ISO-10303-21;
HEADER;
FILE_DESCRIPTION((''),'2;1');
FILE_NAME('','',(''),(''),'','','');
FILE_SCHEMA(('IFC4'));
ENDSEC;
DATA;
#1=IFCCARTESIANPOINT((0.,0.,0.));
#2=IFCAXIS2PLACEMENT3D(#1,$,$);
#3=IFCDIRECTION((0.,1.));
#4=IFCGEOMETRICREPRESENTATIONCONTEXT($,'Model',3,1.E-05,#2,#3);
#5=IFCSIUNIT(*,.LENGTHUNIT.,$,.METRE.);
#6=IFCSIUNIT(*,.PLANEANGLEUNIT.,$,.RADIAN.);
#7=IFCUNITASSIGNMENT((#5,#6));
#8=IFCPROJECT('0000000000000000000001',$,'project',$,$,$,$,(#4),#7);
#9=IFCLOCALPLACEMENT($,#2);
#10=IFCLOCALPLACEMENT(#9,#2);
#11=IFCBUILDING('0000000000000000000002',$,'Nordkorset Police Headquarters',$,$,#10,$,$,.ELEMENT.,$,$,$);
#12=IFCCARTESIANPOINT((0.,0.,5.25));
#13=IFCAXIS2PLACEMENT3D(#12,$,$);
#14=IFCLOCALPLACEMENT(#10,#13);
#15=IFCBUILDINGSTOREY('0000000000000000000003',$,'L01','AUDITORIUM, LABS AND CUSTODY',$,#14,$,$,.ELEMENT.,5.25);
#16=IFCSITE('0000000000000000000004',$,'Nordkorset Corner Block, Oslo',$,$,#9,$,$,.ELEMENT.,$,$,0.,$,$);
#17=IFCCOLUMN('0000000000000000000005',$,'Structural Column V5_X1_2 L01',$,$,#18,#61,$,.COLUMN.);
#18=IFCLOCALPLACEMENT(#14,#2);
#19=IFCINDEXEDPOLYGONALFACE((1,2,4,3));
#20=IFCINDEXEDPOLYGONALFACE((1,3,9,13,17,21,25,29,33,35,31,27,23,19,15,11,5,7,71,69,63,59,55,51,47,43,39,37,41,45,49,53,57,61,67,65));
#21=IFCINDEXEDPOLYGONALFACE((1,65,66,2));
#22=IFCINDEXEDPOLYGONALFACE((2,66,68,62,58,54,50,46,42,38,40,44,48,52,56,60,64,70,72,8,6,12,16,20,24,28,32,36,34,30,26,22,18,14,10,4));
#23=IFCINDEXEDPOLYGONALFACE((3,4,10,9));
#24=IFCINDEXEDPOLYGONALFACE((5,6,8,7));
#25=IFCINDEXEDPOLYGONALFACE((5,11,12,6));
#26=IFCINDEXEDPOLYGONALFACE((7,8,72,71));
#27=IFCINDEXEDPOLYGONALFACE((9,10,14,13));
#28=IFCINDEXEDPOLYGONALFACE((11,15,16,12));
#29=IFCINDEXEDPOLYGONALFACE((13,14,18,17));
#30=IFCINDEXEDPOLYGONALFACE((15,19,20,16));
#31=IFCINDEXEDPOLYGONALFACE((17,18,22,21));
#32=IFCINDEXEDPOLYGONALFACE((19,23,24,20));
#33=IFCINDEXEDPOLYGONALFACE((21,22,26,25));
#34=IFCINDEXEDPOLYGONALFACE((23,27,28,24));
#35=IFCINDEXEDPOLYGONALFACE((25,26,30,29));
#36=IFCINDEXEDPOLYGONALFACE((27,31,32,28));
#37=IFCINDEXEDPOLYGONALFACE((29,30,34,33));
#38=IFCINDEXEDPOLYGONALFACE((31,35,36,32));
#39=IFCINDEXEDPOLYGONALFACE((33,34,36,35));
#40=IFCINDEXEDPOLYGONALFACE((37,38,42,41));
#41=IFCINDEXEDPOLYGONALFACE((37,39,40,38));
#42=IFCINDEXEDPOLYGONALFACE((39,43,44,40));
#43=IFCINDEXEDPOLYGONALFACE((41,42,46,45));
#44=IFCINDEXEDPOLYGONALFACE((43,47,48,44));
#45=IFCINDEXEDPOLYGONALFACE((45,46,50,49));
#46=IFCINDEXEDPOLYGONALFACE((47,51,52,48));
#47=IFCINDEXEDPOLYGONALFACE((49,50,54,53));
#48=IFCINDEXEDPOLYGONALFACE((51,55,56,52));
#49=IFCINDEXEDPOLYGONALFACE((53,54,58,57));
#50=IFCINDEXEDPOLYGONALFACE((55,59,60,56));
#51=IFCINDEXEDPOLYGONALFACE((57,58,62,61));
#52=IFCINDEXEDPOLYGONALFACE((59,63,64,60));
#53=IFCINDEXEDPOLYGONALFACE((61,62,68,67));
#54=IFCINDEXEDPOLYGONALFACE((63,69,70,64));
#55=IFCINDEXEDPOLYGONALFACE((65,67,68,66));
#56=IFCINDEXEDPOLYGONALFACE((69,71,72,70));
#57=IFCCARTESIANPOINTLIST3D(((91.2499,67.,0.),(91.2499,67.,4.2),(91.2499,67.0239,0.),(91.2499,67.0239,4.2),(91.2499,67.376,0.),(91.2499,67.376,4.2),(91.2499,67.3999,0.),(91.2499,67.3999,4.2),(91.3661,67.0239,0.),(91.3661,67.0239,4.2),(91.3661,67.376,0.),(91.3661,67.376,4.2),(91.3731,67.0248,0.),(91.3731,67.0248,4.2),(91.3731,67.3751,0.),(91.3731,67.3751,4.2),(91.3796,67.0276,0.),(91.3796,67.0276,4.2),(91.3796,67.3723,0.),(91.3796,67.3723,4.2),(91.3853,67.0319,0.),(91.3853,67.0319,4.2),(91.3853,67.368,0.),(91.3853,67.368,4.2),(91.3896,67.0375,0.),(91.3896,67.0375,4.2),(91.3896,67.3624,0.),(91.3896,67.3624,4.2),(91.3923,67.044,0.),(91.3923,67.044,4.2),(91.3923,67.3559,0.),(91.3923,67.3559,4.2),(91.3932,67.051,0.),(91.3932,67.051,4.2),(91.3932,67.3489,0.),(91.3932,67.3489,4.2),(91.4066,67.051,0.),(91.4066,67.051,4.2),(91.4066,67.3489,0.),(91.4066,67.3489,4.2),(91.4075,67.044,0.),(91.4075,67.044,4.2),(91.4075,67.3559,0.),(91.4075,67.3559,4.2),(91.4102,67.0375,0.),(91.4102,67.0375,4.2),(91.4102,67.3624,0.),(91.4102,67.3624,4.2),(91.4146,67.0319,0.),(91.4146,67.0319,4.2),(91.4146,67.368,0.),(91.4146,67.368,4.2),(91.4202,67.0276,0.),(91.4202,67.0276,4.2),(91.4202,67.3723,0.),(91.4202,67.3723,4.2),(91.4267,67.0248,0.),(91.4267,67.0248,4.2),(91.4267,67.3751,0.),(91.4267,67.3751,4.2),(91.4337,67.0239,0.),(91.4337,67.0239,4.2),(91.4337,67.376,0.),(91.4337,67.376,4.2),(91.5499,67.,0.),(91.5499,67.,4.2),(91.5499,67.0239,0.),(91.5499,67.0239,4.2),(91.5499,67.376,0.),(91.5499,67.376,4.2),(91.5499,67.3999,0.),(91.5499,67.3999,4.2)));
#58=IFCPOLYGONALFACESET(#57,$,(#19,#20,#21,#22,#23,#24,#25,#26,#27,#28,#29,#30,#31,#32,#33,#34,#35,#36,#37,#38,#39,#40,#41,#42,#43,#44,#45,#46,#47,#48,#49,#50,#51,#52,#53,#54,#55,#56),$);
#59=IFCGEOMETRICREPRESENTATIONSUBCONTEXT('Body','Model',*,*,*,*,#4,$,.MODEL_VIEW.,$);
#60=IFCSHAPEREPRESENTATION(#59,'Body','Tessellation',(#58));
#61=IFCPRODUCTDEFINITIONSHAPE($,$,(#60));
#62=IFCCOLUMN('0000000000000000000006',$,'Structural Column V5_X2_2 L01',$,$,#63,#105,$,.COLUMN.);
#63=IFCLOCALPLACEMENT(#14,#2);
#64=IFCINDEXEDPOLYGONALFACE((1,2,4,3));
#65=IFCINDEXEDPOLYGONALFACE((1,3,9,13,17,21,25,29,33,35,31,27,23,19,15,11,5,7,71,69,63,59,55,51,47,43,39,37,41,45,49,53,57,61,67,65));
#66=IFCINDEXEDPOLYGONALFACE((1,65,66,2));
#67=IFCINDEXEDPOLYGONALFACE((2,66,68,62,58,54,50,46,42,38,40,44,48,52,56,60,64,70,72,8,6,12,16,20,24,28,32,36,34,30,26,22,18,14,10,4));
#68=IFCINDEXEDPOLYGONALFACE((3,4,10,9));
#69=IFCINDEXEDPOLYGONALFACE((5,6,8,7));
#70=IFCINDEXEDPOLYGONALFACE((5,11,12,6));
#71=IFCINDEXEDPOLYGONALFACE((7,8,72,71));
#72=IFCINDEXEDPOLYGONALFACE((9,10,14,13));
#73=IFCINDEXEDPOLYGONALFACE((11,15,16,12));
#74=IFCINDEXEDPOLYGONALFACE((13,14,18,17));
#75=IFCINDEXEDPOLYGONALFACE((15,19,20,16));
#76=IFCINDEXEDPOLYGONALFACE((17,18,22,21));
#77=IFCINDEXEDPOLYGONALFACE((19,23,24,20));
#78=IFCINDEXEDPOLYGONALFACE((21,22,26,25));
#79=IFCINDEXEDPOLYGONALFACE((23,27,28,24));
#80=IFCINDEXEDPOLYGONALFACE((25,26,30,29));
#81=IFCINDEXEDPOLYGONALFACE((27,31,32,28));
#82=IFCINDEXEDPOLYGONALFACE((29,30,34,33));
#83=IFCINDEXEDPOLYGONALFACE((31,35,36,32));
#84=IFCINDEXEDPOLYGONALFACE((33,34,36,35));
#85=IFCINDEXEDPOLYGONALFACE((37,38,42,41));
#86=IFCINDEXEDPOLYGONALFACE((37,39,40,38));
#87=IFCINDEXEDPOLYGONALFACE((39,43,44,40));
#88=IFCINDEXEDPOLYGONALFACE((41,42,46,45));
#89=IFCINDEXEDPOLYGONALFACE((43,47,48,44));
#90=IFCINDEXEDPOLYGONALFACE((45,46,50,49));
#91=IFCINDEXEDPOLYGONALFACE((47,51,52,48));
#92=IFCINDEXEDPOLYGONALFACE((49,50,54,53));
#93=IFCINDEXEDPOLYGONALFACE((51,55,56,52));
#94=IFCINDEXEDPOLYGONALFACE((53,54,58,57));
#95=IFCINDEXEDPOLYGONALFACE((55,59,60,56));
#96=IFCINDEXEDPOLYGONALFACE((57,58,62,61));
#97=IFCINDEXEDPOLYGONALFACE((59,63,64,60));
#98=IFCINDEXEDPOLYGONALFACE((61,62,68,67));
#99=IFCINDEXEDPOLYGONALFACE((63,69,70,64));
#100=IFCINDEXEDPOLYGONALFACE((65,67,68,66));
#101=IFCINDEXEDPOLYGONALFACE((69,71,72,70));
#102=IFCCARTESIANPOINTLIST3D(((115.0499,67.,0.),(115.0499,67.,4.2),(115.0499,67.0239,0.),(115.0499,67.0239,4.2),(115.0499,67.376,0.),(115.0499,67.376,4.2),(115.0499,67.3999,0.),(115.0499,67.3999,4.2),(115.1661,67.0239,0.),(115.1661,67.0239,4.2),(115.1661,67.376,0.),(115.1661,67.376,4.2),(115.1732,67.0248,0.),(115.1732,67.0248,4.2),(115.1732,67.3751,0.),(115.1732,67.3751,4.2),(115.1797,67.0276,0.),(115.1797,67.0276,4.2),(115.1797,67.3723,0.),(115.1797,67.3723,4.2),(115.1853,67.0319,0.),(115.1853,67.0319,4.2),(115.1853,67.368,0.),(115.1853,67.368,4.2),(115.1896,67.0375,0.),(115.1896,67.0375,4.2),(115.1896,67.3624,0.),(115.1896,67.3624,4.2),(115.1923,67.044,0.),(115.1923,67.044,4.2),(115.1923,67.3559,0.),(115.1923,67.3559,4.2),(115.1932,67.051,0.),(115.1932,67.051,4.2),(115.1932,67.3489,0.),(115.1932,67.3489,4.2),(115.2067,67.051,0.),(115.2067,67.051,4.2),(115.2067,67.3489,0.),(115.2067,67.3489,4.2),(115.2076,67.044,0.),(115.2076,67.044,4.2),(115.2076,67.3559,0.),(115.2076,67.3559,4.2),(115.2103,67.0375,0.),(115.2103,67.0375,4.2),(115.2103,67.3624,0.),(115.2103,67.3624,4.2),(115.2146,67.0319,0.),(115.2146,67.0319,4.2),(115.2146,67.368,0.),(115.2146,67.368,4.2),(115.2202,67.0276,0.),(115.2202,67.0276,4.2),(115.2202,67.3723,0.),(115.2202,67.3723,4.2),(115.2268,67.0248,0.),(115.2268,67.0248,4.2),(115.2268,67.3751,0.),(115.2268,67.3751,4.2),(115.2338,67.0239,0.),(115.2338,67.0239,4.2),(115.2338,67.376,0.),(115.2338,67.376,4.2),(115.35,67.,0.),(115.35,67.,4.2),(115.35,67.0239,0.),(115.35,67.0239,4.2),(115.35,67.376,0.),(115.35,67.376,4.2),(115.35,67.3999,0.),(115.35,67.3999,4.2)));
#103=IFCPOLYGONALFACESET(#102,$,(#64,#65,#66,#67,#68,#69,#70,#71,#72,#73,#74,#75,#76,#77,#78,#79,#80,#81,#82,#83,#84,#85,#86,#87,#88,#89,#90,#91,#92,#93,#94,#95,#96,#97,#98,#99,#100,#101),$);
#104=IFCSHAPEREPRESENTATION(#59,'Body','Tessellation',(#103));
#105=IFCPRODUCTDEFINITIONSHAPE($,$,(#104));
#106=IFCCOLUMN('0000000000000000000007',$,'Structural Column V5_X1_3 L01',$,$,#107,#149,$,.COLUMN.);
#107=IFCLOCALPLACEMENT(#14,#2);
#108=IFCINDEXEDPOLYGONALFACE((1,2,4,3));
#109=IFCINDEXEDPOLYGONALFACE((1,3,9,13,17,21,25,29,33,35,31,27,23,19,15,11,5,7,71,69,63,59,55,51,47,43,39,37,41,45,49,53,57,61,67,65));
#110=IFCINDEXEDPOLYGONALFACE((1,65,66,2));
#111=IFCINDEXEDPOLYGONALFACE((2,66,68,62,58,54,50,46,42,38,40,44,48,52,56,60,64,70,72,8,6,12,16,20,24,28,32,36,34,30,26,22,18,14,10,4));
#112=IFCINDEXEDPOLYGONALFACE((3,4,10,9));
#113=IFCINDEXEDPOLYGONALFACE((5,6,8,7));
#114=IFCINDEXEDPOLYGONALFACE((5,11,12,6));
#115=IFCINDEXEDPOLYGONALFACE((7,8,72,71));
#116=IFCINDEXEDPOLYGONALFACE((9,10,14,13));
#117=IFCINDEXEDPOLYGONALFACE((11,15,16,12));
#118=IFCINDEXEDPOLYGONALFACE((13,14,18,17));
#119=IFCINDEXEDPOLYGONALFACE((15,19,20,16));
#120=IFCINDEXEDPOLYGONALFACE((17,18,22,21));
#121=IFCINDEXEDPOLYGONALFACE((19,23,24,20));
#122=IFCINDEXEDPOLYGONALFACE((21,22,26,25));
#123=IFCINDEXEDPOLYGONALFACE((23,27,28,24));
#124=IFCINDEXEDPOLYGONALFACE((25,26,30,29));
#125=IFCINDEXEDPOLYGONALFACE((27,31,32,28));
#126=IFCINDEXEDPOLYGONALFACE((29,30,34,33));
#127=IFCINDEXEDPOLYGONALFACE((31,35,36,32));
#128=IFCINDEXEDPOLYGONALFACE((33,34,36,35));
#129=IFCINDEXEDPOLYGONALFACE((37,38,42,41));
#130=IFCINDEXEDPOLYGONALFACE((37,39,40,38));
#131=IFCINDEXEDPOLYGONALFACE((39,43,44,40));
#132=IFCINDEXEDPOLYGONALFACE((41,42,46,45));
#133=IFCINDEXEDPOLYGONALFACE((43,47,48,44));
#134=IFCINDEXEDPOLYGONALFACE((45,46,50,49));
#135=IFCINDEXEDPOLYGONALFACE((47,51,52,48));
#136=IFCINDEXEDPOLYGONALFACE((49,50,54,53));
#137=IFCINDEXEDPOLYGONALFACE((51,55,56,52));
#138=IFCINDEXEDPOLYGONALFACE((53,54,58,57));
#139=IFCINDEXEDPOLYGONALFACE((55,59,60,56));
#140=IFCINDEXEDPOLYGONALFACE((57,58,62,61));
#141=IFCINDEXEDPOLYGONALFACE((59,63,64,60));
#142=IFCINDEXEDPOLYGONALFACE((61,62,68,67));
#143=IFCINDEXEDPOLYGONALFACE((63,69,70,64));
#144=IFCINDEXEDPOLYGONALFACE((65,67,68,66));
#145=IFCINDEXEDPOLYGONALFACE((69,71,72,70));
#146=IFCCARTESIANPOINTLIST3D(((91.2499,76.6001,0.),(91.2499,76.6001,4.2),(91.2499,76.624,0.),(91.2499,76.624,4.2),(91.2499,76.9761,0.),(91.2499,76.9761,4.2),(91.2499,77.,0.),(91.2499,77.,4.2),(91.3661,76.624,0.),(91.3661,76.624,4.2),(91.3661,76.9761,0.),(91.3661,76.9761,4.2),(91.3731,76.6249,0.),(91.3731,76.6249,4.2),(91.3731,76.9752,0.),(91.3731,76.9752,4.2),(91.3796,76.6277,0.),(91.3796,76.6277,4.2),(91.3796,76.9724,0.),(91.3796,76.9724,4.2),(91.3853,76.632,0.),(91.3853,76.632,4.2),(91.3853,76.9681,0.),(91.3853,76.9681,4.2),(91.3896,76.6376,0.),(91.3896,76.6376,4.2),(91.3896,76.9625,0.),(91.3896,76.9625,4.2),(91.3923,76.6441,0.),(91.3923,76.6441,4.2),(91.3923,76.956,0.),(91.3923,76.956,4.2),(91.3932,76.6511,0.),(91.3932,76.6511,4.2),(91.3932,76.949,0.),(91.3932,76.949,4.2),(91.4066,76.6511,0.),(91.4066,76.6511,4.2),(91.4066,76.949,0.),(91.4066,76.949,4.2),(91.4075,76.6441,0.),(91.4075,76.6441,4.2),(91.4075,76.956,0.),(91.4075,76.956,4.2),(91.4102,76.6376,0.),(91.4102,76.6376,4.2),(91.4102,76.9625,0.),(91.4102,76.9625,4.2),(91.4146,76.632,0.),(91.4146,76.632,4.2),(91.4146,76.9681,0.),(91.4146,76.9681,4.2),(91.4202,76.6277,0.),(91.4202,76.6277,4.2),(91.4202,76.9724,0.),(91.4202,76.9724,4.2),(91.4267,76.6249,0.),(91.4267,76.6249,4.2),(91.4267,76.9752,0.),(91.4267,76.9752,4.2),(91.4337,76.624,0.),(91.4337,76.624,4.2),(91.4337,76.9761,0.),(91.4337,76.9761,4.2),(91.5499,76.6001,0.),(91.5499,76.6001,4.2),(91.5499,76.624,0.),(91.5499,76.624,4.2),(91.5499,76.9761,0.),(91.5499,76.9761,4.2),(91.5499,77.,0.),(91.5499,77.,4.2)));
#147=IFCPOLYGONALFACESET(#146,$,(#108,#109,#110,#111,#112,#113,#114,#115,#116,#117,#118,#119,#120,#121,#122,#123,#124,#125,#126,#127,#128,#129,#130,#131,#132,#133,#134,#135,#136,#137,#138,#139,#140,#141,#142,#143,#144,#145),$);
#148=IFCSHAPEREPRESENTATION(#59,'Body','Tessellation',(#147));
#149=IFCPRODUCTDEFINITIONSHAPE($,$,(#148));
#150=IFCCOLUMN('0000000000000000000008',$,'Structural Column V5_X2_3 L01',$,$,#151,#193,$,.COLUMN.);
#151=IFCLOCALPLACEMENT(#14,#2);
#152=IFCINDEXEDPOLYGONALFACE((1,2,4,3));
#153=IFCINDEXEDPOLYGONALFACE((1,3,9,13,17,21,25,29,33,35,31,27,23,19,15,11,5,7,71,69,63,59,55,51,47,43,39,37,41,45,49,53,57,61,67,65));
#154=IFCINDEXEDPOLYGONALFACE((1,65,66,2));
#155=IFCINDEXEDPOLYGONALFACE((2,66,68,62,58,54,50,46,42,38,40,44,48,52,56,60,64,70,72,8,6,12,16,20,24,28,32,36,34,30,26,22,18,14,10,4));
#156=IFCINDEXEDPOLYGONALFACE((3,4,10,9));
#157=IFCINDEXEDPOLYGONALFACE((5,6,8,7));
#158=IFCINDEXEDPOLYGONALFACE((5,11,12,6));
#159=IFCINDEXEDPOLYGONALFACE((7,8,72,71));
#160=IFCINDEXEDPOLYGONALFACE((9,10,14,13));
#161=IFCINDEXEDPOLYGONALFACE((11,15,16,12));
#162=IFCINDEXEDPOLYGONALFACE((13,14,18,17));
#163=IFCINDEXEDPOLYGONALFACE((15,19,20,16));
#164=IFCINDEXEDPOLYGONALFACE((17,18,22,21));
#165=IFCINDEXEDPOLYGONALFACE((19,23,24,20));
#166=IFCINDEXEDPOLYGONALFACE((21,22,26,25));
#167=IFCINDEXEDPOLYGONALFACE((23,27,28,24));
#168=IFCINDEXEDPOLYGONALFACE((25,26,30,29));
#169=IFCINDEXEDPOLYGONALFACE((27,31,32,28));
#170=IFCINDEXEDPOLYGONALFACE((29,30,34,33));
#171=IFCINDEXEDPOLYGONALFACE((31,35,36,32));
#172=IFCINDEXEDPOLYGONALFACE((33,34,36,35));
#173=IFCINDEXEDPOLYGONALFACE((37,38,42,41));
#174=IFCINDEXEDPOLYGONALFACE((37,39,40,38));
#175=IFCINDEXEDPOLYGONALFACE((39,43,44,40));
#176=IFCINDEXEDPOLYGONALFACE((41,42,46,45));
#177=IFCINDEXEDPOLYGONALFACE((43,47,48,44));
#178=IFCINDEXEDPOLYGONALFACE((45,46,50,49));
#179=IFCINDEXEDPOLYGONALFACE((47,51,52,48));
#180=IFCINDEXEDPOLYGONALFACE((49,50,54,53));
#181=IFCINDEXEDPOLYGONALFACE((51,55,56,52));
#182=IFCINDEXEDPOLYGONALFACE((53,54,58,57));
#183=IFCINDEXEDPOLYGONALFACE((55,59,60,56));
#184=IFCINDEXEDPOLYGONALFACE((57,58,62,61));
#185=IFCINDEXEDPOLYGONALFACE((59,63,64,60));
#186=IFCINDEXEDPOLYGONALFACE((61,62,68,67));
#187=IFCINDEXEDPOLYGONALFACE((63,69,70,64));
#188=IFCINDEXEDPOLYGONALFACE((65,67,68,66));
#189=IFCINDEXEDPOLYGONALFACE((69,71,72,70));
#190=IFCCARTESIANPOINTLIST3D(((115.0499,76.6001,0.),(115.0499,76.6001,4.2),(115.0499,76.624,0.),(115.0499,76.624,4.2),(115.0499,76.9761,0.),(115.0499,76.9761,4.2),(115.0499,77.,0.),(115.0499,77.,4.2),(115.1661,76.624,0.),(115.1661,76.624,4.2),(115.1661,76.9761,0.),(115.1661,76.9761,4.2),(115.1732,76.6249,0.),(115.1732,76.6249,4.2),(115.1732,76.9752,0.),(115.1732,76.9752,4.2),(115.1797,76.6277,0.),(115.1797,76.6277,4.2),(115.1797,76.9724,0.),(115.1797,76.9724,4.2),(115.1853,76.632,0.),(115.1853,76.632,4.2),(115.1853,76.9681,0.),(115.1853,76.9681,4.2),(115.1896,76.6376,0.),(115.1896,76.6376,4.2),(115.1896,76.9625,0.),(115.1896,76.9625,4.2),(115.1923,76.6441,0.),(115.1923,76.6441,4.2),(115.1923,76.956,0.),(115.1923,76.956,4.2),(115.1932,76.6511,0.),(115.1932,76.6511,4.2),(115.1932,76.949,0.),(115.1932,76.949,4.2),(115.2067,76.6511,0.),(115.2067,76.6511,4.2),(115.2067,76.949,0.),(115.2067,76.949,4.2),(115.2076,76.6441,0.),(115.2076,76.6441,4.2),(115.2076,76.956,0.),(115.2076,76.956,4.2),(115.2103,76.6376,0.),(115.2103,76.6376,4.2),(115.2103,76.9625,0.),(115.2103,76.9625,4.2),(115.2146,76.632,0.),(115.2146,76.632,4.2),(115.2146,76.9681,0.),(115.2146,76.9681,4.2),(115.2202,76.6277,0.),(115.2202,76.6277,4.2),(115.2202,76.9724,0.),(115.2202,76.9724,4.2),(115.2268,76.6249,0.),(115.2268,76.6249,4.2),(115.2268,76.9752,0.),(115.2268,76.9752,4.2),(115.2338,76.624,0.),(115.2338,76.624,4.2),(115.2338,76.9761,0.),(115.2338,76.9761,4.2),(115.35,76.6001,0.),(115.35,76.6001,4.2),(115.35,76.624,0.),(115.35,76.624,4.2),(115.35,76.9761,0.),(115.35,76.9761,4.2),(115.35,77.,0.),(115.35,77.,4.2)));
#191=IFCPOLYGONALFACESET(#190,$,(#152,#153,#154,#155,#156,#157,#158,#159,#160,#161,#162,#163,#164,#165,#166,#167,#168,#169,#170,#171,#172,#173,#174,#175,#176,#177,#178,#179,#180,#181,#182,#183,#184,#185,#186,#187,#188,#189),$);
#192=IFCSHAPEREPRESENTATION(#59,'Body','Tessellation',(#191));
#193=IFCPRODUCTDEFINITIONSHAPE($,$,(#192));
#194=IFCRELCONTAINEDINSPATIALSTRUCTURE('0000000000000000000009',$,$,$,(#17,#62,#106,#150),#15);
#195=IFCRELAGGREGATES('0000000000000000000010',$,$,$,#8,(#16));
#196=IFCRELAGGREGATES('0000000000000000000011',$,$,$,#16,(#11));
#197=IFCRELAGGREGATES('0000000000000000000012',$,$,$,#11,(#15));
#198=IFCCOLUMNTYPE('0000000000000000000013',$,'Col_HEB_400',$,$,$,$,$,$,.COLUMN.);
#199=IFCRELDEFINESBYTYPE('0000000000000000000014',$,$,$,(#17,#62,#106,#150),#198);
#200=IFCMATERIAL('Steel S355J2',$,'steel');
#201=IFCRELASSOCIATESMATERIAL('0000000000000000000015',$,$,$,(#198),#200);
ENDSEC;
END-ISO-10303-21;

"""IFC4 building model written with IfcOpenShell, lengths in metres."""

from ifc_helpers import new_model, si_unit, direction, frame, origin, origin_2d, place, context, subcontext, project, spatial, i_section, extrude, material, material_profile, profile_set, type_object, element, save


model = new_model("IFC4")

# Units and contexts
model_context = context("Model", 3, precision=1e-05, world=origin(), true_north=direction((0.0, 1.0)))
body_context = subcontext(model_context, "Body", "Model", "MODEL_VIEW")
ifc_project = project(units=[si_unit("LENGTHUNIT", "METRE"), si_unit("PLANEANGLEUNIT", "RADIAN")], contexts=[model_context])

# Site, building, storey
site_placement = place(None, origin())
site = spatial("IfcSite", under=ifc_project, at=site_placement, Name="Nordkorset Corner Block, Oslo", CompositionType="ELEMENT", RefElevation=0.0)
building_placement = place(site_placement, origin())
building = spatial("IfcBuilding", under=site, at=building_placement, Name="Nordkorset Police Headquarters", CompositionType="ELEMENT")
storey_placement = place(building_placement, frame((0.0, 0.0, 5.25)))
storey = spatial("IfcBuildingStorey", under=building, at=storey_placement, Name="L01", Description="AUDITORIUM, LABS AND CUSTODY", CompositionType="ELEMENT", Elevation=5.25)

# Columns
ifc_material_1 = material(Name="Steel S355J2", Category="steel")
ifc_material_profile_1 = material_profile(ifc_material_1, i_section(OverallWidth=0.3, OverallDepth=0.3999, WebThickness=0.0134, FlangeThickness=0.0239, FilletRadius=0.0271, at=origin_2d()), Name="HEB 400")
ifc_profile_set_1 = profile_set([ifc_material_profile_1], Name="Steel S355J2")
column_type = type_object("IfcColumnType", Name="Col_HEB_400", PredefinedType="COLUMN", material=ifc_profile_set_1)
for number, where, z_axis, x_axis, name in (
    (1, (91.3999, 67.2, 0.0), (0.0, 0.0, 1.0), (1.0, 0.0, 0.0), "Structural Column V5_X1_2 L01"),
    (2, (115.2, 67.2, 0.0), (0.0, 0.0, 1.0), (1.0, 0.0, 0.0), "Structural Column V5_X2_2 L01"),
    (3, (91.3999, 76.8, 0.0), (0.0, 0.0, 1.0), (1.0, 0.0, 0.0), "Structural Column V5_X1_3 L01"),
    (4, (115.2, 76.8, 0.0), (0.0, 0.0, 1.0), (1.0, 0.0, 0.0), "Structural Column V5_X2_3 L01"),
):
    element("IfcColumn", number, at=place(storey_placement, frame(where, z_axis=z_axis, x_axis=x_axis)), inside=storey, type_object=column_type, Name=name, PredefinedType="COLUMN", context=body_context, shape_type="SweptSolid", body=[
        extrude(i_section(OverallWidth=0.3, OverallDepth=0.3999, WebThickness=0.0134, FlangeThickness=0.0239, FilletRadius=0.0271, at=origin_2d()), origin(), (0.0, 0.0, 1.0), 4.2),
    ])

save(model, "model.ifc")
